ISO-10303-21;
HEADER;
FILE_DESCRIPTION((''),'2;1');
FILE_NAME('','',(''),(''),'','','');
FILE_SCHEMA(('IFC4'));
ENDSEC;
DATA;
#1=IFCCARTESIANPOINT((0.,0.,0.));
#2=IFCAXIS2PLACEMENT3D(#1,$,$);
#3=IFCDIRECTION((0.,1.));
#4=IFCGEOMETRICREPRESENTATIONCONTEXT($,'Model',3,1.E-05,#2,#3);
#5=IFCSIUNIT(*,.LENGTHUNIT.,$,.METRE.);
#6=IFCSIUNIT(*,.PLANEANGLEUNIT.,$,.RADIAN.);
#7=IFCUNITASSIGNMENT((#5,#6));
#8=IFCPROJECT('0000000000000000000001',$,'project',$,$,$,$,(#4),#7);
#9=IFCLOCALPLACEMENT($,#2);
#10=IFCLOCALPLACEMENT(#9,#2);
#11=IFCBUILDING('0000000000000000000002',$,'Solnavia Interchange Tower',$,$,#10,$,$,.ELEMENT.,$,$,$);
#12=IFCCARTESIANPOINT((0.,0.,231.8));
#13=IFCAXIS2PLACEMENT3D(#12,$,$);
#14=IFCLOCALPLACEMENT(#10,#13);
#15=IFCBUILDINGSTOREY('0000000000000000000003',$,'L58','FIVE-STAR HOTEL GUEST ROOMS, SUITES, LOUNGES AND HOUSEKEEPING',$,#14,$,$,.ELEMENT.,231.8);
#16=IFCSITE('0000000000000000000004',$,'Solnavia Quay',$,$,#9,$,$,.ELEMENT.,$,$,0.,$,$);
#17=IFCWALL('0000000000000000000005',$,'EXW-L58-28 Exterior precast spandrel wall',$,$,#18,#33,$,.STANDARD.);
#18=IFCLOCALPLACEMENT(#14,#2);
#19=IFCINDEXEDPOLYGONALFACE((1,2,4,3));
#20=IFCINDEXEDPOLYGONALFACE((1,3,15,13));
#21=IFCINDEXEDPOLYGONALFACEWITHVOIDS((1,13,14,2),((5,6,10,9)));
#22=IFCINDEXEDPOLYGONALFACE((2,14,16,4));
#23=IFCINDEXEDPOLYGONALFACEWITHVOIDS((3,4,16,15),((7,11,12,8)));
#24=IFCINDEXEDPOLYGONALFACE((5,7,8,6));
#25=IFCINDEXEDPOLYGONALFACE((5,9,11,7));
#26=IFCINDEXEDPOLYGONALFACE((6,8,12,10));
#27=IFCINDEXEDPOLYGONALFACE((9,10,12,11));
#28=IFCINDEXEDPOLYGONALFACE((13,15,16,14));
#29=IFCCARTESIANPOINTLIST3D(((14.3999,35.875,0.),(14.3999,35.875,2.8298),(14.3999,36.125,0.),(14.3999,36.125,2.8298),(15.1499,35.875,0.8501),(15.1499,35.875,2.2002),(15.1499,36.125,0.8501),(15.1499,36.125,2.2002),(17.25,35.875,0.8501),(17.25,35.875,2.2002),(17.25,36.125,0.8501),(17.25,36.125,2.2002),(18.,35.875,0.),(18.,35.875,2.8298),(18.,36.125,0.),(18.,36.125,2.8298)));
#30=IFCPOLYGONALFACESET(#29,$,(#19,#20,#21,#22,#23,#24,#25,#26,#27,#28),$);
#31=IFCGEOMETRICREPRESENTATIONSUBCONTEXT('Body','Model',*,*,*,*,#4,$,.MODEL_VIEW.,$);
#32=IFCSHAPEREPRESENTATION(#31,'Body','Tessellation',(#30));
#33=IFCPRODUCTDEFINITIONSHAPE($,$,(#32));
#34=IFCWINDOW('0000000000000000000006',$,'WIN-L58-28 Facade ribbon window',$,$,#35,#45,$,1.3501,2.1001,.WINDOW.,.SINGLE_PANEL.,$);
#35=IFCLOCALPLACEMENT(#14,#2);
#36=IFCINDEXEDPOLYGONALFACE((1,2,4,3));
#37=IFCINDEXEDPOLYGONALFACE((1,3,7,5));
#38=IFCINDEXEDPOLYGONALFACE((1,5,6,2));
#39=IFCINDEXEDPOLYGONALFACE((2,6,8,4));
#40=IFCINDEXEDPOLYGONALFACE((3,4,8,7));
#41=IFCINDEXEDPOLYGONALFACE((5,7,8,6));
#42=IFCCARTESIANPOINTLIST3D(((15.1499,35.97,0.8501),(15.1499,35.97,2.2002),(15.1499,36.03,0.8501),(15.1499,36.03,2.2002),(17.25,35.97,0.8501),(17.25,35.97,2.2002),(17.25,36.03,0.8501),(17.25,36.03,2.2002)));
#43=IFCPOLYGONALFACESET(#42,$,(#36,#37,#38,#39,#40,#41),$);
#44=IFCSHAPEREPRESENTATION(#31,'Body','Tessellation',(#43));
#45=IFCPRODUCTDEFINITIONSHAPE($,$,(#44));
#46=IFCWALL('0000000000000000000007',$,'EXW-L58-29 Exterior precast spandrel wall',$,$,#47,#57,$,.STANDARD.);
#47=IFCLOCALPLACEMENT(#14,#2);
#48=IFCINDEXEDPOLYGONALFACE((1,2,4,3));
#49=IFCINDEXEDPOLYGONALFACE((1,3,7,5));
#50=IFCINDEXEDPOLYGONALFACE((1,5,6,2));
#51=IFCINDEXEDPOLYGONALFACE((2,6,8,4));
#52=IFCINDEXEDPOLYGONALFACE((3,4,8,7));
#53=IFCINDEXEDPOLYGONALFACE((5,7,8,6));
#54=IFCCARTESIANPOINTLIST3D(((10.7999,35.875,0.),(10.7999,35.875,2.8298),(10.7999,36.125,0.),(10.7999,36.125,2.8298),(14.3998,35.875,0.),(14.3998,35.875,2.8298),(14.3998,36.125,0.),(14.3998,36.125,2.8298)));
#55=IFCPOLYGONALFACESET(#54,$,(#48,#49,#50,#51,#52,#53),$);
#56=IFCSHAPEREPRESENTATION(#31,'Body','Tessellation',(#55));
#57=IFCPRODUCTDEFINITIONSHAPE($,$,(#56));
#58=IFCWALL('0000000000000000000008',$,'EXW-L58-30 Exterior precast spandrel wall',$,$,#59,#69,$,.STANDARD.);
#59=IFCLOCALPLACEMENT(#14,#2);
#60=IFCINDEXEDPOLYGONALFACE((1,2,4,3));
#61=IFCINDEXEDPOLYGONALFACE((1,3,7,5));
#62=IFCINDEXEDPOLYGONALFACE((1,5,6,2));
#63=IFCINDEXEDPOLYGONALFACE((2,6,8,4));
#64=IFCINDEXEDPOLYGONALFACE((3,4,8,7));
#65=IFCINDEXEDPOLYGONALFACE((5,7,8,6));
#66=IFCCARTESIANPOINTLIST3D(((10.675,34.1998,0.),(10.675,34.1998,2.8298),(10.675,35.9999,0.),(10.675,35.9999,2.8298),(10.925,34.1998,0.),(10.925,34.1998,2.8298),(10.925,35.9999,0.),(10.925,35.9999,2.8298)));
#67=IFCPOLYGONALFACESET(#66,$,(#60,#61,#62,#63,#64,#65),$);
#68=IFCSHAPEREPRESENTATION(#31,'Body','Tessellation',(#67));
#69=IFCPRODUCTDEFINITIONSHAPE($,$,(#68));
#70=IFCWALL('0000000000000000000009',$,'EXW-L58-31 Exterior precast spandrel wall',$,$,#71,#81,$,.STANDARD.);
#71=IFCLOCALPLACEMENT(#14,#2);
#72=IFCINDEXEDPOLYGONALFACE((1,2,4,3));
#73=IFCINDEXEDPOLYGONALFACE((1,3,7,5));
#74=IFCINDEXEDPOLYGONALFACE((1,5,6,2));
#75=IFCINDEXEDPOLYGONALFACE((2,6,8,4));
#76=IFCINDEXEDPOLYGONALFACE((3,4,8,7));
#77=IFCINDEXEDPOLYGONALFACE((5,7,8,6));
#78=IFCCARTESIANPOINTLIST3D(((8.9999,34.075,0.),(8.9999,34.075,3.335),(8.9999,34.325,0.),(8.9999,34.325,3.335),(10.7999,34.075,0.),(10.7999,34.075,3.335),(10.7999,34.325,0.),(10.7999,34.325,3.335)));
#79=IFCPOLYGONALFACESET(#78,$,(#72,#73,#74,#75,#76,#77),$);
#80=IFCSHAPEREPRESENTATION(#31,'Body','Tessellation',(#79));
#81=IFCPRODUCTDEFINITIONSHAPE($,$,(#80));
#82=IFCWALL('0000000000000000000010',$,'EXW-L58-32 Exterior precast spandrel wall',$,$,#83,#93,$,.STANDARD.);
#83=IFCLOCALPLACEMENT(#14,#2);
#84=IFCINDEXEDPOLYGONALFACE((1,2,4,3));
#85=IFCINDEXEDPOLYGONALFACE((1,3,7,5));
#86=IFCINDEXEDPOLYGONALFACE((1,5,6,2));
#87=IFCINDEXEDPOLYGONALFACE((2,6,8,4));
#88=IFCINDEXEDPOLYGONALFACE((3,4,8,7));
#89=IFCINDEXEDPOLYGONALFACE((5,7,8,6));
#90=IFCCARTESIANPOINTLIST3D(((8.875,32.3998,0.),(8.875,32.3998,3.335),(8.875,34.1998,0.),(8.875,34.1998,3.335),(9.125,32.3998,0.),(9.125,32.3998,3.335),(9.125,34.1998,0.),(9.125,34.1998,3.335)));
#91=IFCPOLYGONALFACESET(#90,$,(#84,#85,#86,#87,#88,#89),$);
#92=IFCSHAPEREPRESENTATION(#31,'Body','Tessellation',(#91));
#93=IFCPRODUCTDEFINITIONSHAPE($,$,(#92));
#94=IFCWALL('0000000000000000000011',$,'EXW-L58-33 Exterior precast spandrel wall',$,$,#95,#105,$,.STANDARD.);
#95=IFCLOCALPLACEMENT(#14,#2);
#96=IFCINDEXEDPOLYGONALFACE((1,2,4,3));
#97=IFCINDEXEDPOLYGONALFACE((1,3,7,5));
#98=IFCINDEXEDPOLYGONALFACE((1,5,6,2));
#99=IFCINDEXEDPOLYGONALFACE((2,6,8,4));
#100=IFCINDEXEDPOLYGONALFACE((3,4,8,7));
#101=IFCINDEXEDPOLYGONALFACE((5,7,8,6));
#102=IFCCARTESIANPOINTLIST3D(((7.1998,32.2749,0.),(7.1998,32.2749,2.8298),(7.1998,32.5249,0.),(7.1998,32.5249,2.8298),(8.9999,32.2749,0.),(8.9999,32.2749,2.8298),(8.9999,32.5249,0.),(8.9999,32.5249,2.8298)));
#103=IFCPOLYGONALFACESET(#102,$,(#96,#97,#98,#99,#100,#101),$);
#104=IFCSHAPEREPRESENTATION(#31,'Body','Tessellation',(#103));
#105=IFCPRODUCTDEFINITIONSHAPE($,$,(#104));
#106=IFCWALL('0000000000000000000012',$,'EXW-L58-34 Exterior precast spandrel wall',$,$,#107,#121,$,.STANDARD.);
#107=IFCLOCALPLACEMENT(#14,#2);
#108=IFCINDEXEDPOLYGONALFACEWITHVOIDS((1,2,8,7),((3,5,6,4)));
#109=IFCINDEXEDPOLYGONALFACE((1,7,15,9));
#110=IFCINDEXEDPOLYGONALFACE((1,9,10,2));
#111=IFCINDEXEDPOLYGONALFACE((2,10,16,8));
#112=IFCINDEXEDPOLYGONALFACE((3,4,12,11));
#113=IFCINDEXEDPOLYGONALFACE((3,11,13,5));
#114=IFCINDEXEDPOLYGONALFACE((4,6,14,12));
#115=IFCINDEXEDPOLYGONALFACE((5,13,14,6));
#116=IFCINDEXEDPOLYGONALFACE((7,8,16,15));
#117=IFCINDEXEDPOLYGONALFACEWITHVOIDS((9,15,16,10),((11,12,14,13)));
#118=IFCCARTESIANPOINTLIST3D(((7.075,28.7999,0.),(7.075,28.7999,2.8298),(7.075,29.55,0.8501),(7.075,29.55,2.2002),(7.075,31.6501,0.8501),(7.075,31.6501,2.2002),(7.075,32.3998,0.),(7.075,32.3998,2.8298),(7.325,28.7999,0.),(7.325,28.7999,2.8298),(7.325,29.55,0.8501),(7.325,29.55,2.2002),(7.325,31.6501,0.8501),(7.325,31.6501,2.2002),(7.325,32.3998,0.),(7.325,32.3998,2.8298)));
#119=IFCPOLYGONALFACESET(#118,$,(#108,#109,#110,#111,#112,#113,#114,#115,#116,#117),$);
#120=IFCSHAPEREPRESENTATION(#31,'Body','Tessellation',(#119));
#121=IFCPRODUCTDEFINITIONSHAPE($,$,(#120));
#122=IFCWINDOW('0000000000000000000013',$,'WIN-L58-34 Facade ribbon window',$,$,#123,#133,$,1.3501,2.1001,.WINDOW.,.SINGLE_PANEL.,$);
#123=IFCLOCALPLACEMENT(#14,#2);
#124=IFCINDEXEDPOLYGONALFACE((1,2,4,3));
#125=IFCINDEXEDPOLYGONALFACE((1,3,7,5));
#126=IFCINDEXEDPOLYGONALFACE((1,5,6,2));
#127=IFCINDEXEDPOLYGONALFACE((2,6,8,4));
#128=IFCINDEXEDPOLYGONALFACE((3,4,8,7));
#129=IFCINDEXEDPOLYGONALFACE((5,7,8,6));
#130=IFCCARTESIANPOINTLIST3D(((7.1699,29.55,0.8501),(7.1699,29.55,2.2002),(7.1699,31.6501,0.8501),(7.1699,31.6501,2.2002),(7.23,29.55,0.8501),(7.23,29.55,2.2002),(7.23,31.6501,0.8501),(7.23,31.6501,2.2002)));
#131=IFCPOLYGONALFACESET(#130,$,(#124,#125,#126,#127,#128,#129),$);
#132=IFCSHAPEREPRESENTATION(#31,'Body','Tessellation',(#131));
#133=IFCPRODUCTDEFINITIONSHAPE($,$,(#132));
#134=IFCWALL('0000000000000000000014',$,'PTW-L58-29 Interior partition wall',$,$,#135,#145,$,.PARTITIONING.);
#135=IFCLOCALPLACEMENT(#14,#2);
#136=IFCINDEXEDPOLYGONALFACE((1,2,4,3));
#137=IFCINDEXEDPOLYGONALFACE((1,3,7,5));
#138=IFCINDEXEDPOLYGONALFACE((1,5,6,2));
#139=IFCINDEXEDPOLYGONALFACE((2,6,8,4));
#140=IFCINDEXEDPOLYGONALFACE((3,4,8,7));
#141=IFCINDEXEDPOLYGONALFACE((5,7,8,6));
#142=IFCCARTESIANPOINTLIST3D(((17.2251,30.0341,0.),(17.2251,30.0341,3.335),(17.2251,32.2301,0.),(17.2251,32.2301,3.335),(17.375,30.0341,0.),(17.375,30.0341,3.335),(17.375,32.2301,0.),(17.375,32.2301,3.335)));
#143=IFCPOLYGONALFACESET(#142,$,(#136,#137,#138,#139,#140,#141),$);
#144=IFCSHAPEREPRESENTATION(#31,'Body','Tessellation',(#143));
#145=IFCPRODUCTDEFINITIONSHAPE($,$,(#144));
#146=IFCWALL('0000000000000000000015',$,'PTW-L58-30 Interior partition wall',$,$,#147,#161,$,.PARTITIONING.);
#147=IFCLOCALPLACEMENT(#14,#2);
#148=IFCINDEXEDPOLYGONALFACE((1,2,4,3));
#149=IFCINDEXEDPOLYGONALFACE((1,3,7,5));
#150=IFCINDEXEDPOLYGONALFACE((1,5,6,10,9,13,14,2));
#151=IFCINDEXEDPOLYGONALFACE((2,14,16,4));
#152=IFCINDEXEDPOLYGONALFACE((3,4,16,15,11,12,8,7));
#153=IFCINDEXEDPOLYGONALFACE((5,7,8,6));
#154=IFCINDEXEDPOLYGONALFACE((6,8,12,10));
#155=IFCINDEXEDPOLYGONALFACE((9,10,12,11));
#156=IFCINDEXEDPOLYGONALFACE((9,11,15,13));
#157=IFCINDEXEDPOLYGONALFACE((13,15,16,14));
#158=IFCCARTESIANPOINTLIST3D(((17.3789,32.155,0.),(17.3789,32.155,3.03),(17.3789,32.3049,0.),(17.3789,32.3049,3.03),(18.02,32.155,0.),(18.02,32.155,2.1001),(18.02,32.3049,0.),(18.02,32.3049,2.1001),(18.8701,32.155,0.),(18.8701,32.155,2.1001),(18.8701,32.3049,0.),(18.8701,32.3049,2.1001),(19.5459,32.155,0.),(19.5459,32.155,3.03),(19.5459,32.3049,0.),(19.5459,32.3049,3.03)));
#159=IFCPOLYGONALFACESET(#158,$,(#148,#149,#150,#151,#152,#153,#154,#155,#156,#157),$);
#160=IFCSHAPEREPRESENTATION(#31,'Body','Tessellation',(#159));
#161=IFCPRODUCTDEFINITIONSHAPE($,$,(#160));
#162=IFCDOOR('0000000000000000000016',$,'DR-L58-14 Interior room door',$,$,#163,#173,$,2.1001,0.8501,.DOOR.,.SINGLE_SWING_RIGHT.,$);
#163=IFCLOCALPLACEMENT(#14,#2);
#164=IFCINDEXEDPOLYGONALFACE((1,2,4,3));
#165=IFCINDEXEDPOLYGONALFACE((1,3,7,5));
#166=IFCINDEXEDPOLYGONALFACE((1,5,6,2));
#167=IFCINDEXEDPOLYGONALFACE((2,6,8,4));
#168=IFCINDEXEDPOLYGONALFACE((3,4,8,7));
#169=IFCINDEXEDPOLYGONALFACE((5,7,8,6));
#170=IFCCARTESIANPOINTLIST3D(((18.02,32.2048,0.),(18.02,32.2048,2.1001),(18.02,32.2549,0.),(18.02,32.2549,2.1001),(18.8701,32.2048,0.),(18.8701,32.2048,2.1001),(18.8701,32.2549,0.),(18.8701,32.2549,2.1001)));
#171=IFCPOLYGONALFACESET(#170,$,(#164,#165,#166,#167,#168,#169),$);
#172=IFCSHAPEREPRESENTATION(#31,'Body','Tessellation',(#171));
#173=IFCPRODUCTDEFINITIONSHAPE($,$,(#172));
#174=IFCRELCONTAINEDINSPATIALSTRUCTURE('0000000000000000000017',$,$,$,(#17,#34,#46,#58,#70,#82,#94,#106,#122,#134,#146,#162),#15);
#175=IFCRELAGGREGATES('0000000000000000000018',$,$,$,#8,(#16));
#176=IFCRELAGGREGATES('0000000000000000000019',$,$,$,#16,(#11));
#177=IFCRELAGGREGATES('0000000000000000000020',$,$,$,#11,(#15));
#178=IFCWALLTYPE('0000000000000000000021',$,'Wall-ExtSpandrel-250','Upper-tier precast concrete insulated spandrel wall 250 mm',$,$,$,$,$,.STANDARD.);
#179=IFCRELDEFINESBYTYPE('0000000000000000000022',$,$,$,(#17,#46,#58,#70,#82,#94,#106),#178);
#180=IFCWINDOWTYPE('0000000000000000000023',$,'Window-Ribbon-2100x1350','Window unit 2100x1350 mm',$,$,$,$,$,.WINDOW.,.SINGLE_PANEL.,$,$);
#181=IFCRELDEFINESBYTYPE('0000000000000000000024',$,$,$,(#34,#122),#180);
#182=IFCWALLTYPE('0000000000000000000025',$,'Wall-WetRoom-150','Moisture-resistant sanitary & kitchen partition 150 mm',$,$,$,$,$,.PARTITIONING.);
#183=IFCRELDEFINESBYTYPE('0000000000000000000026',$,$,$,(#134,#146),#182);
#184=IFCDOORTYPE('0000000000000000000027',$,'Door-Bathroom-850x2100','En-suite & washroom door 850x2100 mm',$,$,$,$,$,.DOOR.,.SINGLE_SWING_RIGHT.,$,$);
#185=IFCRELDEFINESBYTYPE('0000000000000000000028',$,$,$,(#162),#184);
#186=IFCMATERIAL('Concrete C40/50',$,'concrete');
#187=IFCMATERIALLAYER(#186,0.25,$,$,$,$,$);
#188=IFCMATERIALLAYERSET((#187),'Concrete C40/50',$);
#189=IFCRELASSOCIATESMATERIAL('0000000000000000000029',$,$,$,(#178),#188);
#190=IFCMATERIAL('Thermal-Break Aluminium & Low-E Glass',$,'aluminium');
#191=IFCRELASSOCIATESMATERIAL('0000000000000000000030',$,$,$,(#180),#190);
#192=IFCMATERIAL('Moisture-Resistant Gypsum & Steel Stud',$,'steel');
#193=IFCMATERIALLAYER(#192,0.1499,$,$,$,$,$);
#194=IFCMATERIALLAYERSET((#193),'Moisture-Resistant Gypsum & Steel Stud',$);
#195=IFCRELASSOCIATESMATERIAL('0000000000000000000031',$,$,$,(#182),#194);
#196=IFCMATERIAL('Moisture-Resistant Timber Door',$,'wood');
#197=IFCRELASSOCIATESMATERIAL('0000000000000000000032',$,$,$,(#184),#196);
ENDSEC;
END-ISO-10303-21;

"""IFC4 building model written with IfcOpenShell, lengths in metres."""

from ifc_helpers import new_model, si_unit, direction, frame, frame_2d, origin, place, context, subcontext, project, spatial, rectangle, extrude, material, layer, layer_set, type_object, element, fill, save


model = new_model("IFC4")

# Units and contexts
model_context = context("Model", 3, precision=1e-05, world=origin(), true_north=direction((0.0, 1.0)))
body_context = subcontext(model_context, "Body", "Model", "MODEL_VIEW")
ifc_project = project(units=[si_unit("LENGTHUNIT", "METRE"), si_unit("PLANEANGLEUNIT", "RADIAN")], contexts=[model_context])

# Site, building, storey
site_placement = place(None, origin())
site = spatial("IfcSite", under=ifc_project, at=site_placement, Name="Solnavia Quay", CompositionType="ELEMENT", RefElevation=0.0)
building_placement = place(site_placement, origin())
building = spatial("IfcBuilding", under=site, at=building_placement, Name="Solnavia Interchange Tower", CompositionType="ELEMENT")
storey_placement = place(building_placement, frame((0.0, 0.0, 231.8)))
storey = spatial("IfcBuildingStorey", under=building, at=storey_placement, Name="L58", Description="FIVE-STAR HOTEL GUEST ROOMS, SUITES, LOUNGES AND HOUSEKEEPING", CompositionType="ELEMENT", Elevation=231.8)

# Shared definitions
ifc_material_1 = material(Name="Concrete C40/50", Category="concrete")
ifc_layer_1 = layer(ifc_material_1, 0.25)
ifc_layer_set_1 = layer_set([ifc_layer_1], Name="Concrete C40/50")
wall_type_1 = type_object("IfcWallType", Name="Wall-ExtSpandrel-250", Description="Upper-tier precast concrete insulated spandrel wall 250 mm", PredefinedType="STANDARD", material=ifc_layer_set_1)

# Wall, opening, window
wall_1_placement = place(storey_placement, frame((14.3999, 36.0, 0.0), z_axis=(0.0, 0.0, 1.0), x_axis=(1.0, 0.0, 0.0)))
wall_1 = element("IfcWall", 1, at=wall_1_placement, inside=storey, type_object=wall_type_1, Name="EXW-L58-28 Exterior precast spandrel wall", PredefinedType="STANDARD", context=body_context, shape_type="SweptSolid", body=[
    extrude(rectangle(XDim=3.6001, YDim=0.25, at=frame_2d((1.8, 0.0))), origin(), (0.0, 0.0, 1.0), 2.8298),
])
opening_1_placement = place(wall_1_placement, frame((0.75, 0.0, 0.8501)))
opening_1 = element("IfcOpeningElement", 2, at=opening_1_placement, cuts=wall_1, PredefinedType="OPENING", context=body_context, shape_type="SweptSolid", body=[
    extrude(rectangle(XDim=2.1001, YDim=1.3501, at=frame_2d((1.05, 0.675))), frame((0.0, 0.135, 0.0), z_axis=(0.0, -1.0, 0.0), x_axis=(1.0, 0.0, 0.0)), (0.0, 0.0, 1.0), 0.27),
])
ifc_material_2 = material(Name="Thermal-Break Aluminium & Low-E Glass", Category="aluminium")
window_type = type_object("IfcWindowType", Name="Window-Ribbon-2100x1350", Description="Window unit 2100x1350 mm", PartitioningType="SINGLE_PANEL", PredefinedType="WINDOW", material=ifc_material_2)
window_1_placement = place(opening_1_placement, origin())
window_1 = element("IfcWindow", 3, at=window_1_placement, inside=storey, type_object=window_type, Name="WIN-L58-28 Facade ribbon window", OverallHeight=1.3501, OverallWidth=2.1001, PartitioningType="SINGLE_PANEL", PredefinedType="WINDOW", context=body_context, shape_type="SweptSolid", body=[
    extrude(rectangle(XDim=2.1001, YDim=1.3501, at=frame_2d((1.05, 0.675))), frame((0.0, 0.03, 0.0), z_axis=(0.0, -1.0, 0.0), x_axis=(1.0, 0.0, 0.0)), (0.0, 0.0, 1.0), 0.0601),
])
fill(opening_1, window_1)

# Walls
wall_2_placement = place(storey_placement, frame((10.8, 36.0, 0.0), z_axis=(0.0, 0.0, 1.0), x_axis=(1.0, 0.0, 0.0)))
element("IfcWall", 4, at=wall_2_placement, inside=storey, type_object=wall_type_1, Name="EXW-L58-29 Exterior precast spandrel wall", PredefinedType="STANDARD", context=body_context, shape_type="SweptSolid", body=[
    extrude(rectangle(XDim=3.5999, YDim=0.25, at=frame_2d((1.7998, 0.0))), origin(), (0.0, 0.0, 1.0), 2.8298),
])
wall_3_placement = place(storey_placement, frame((10.8, 34.2, 0.0), z_axis=(0.0, 0.0, 1.0), x_axis=(0.0, 1.0, 0.0)))
element("IfcWall", 5, at=wall_3_placement, inside=storey, type_object=wall_type_1, Name="EXW-L58-30 Exterior precast spandrel wall", PredefinedType="STANDARD", context=body_context, shape_type="SweptSolid", body=[
    extrude(rectangle(XDim=1.8, YDim=0.25, at=frame_2d((0.8999, 0.0))), origin(), (0.0, 0.0, 1.0), 2.8298),
])
for number, where, z_axis, x_axis, name in (
    (6, (9.0, 34.2, 0.0), (0.0, 0.0, 1.0), (1.0, 0.0, 0.0), "EXW-L58-31 Exterior precast spandrel wall"),
    (7, (9.0, 32.3999, 0.0), (0.0, 0.0, 1.0), (0.0, 1.0, 0.0), "EXW-L58-32 Exterior precast spandrel wall"),
):
    element("IfcWall", number, at=place(storey_placement, frame(where, z_axis=z_axis, x_axis=x_axis)), inside=storey, type_object=wall_type_1, Name=name, PredefinedType="STANDARD", context=body_context, shape_type="SweptSolid", body=[
        extrude(rectangle(XDim=1.8, YDim=0.25, at=frame_2d((0.8999, 0.0))), origin(), (0.0, 0.0, 1.0), 3.335),
    ])
wall_4_placement = place(storey_placement, frame((7.2, 32.3999, 0.0), z_axis=(0.0, 0.0, 1.0), x_axis=(1.0, 0.0, 0.0)))
element("IfcWall", 8, at=wall_4_placement, inside=storey, type_object=wall_type_1, Name="EXW-L58-33 Exterior precast spandrel wall", PredefinedType="STANDARD", context=body_context, shape_type="SweptSolid", body=[
    extrude(rectangle(XDim=1.8, YDim=0.25, at=frame_2d((0.8999, 0.0))), origin(), (0.0, 0.0, 1.0), 2.8298),
])

# Wall, opening, window
wall_5_placement = place(storey_placement, frame((7.2, 28.8, 0.0), z_axis=(0.0, 0.0, 1.0), x_axis=(0.0, 1.0, 0.0)))
wall_5 = element("IfcWall", 9, at=wall_5_placement, inside=storey, type_object=wall_type_1, Name="EXW-L58-34 Exterior precast spandrel wall", PredefinedType="STANDARD", context=body_context, shape_type="SweptSolid", body=[
    extrude(rectangle(XDim=3.5999, YDim=0.25, at=frame_2d((1.7998, 0.0))), origin(), (0.0, 0.0, 1.0), 2.8298),
])
opening_2_placement = place(wall_5_placement, frame((0.75, 0.0, 0.8501)))
opening_2 = element("IfcOpeningElement", 10, at=opening_2_placement, cuts=wall_5, PredefinedType="OPENING", context=body_context, shape_type="SweptSolid", body=[
    extrude(rectangle(XDim=2.1001, YDim=1.3501, at=frame_2d((1.05, 0.675))), frame((0.0, 0.135, 0.0), z_axis=(0.0, -1.0, 0.0), x_axis=(1.0, 0.0, 0.0)), (0.0, 0.0, 1.0), 0.27),
])
window_2_placement = place(opening_2_placement, origin())
window_2 = element("IfcWindow", 11, at=window_2_placement, inside=storey, type_object=window_type, Name="WIN-L58-34 Facade ribbon window", OverallHeight=1.3501, OverallWidth=2.1001, PartitioningType="SINGLE_PANEL", PredefinedType="WINDOW", context=body_context, shape_type="SweptSolid", body=[
    extrude(rectangle(XDim=2.1001, YDim=1.3501, at=frame_2d((1.05, 0.675))), frame((0.0, 0.03, 0.0), z_axis=(0.0, -1.0, 0.0), x_axis=(1.0, 0.0, 0.0)), (0.0, 0.0, 1.0), 0.0601),
])
fill(opening_2, window_2)

# Wall
ifc_material_3 = material(Name="Moisture-Resistant Gypsum & Steel Stud", Category="steel")
ifc_layer_2 = layer(ifc_material_3, 0.1499)
ifc_layer_set_2 = layer_set([ifc_layer_2], Name="Moisture-Resistant Gypsum & Steel Stud")
wall_type_2 = type_object("IfcWallType", Name="Wall-WetRoom-150", Description="Moisture-resistant sanitary & kitchen partition 150 mm", PredefinedType="PARTITIONING", material=ifc_layer_set_2)
wall_6_placement = place(storey_placement, frame((17.3, 30.0339, 0.0), z_axis=(0.0, 0.0, 1.0), x_axis=(0.0, 1.0, 0.0)))
element("IfcWall", 12, at=wall_6_placement, inside=storey, type_object=wall_type_2, Name="PTW-L58-29 Interior partition wall", PredefinedType="PARTITIONING", context=body_context, shape_type="SweptSolid", body=[
    extrude(rectangle(XDim=2.196, YDim=0.1499, at=frame_2d((1.0981, 0.0))), origin(), (0.0, 0.0, 1.0), 3.335),
])

# Wall, opening, door
wall_7_placement = place(storey_placement, frame((17.3789, 32.23, 0.0), z_axis=(0.0, 0.0, 1.0), x_axis=(1.0, 0.0, 0.0)))
wall_7 = element("IfcWall", 13, at=wall_7_placement, inside=storey, type_object=wall_type_2, Name="PTW-L58-30 Interior partition wall", PredefinedType="PARTITIONING", context=body_context, shape_type="SweptSolid", body=[
    extrude(rectangle(XDim=2.167, YDim=0.1499, at=frame_2d((1.0835, 0.0))), origin(), (0.0, 0.0, 1.0), 3.03),
])
opening_3_placement = place(wall_7_placement, frame((0.6411, 0.0, 0.0)))
opening_3 = element("IfcOpeningElement", 14, at=opening_3_placement, cuts=wall_7, PredefinedType="OPENING", context=body_context, shape_type="SweptSolid", body=[
    extrude(rectangle(XDim=0.8501, YDim=2.1001, at=frame_2d((0.425, 1.05))), frame((0.0, 0.085, 0.0), z_axis=(0.0, -1.0, 0.0), x_axis=(1.0, 0.0, 0.0)), (0.0, 0.0, 1.0), 0.1699),
])
ifc_material_4 = material(Name="Moisture-Resistant Timber Door", Category="wood")
door_type_1 = type_object("IfcDoorType", Name="Door-Bathroom-850x2100", Description="En-suite & washroom door 850x2100 mm", OperationType="SINGLE_SWING_RIGHT", PredefinedType="DOOR", material=ifc_material_4)
door_1_placement = place(opening_3_placement, origin())
door_1 = element("IfcDoor", 15, at=door_1_placement, inside=storey, type_object=door_type_1, Name="DR-L58-14 Interior room door", OperationType="SINGLE_SWING_RIGHT", OverallHeight=2.1001, OverallWidth=0.8501, PredefinedType="DOOR", context=body_context, shape_type="SweptSolid", body=[
    extrude(rectangle(XDim=0.8501, YDim=2.1001, at=frame_2d((0.425, 1.05))), frame((0.0, 0.0249, 0.0), z_axis=(0.0, -1.0, 0.0), x_axis=(1.0, 0.0, 0.0)), (0.0, 0.0, 1.0), 0.05),
])
fill(opening_3, door_1)

save(model, "model.ifc")
